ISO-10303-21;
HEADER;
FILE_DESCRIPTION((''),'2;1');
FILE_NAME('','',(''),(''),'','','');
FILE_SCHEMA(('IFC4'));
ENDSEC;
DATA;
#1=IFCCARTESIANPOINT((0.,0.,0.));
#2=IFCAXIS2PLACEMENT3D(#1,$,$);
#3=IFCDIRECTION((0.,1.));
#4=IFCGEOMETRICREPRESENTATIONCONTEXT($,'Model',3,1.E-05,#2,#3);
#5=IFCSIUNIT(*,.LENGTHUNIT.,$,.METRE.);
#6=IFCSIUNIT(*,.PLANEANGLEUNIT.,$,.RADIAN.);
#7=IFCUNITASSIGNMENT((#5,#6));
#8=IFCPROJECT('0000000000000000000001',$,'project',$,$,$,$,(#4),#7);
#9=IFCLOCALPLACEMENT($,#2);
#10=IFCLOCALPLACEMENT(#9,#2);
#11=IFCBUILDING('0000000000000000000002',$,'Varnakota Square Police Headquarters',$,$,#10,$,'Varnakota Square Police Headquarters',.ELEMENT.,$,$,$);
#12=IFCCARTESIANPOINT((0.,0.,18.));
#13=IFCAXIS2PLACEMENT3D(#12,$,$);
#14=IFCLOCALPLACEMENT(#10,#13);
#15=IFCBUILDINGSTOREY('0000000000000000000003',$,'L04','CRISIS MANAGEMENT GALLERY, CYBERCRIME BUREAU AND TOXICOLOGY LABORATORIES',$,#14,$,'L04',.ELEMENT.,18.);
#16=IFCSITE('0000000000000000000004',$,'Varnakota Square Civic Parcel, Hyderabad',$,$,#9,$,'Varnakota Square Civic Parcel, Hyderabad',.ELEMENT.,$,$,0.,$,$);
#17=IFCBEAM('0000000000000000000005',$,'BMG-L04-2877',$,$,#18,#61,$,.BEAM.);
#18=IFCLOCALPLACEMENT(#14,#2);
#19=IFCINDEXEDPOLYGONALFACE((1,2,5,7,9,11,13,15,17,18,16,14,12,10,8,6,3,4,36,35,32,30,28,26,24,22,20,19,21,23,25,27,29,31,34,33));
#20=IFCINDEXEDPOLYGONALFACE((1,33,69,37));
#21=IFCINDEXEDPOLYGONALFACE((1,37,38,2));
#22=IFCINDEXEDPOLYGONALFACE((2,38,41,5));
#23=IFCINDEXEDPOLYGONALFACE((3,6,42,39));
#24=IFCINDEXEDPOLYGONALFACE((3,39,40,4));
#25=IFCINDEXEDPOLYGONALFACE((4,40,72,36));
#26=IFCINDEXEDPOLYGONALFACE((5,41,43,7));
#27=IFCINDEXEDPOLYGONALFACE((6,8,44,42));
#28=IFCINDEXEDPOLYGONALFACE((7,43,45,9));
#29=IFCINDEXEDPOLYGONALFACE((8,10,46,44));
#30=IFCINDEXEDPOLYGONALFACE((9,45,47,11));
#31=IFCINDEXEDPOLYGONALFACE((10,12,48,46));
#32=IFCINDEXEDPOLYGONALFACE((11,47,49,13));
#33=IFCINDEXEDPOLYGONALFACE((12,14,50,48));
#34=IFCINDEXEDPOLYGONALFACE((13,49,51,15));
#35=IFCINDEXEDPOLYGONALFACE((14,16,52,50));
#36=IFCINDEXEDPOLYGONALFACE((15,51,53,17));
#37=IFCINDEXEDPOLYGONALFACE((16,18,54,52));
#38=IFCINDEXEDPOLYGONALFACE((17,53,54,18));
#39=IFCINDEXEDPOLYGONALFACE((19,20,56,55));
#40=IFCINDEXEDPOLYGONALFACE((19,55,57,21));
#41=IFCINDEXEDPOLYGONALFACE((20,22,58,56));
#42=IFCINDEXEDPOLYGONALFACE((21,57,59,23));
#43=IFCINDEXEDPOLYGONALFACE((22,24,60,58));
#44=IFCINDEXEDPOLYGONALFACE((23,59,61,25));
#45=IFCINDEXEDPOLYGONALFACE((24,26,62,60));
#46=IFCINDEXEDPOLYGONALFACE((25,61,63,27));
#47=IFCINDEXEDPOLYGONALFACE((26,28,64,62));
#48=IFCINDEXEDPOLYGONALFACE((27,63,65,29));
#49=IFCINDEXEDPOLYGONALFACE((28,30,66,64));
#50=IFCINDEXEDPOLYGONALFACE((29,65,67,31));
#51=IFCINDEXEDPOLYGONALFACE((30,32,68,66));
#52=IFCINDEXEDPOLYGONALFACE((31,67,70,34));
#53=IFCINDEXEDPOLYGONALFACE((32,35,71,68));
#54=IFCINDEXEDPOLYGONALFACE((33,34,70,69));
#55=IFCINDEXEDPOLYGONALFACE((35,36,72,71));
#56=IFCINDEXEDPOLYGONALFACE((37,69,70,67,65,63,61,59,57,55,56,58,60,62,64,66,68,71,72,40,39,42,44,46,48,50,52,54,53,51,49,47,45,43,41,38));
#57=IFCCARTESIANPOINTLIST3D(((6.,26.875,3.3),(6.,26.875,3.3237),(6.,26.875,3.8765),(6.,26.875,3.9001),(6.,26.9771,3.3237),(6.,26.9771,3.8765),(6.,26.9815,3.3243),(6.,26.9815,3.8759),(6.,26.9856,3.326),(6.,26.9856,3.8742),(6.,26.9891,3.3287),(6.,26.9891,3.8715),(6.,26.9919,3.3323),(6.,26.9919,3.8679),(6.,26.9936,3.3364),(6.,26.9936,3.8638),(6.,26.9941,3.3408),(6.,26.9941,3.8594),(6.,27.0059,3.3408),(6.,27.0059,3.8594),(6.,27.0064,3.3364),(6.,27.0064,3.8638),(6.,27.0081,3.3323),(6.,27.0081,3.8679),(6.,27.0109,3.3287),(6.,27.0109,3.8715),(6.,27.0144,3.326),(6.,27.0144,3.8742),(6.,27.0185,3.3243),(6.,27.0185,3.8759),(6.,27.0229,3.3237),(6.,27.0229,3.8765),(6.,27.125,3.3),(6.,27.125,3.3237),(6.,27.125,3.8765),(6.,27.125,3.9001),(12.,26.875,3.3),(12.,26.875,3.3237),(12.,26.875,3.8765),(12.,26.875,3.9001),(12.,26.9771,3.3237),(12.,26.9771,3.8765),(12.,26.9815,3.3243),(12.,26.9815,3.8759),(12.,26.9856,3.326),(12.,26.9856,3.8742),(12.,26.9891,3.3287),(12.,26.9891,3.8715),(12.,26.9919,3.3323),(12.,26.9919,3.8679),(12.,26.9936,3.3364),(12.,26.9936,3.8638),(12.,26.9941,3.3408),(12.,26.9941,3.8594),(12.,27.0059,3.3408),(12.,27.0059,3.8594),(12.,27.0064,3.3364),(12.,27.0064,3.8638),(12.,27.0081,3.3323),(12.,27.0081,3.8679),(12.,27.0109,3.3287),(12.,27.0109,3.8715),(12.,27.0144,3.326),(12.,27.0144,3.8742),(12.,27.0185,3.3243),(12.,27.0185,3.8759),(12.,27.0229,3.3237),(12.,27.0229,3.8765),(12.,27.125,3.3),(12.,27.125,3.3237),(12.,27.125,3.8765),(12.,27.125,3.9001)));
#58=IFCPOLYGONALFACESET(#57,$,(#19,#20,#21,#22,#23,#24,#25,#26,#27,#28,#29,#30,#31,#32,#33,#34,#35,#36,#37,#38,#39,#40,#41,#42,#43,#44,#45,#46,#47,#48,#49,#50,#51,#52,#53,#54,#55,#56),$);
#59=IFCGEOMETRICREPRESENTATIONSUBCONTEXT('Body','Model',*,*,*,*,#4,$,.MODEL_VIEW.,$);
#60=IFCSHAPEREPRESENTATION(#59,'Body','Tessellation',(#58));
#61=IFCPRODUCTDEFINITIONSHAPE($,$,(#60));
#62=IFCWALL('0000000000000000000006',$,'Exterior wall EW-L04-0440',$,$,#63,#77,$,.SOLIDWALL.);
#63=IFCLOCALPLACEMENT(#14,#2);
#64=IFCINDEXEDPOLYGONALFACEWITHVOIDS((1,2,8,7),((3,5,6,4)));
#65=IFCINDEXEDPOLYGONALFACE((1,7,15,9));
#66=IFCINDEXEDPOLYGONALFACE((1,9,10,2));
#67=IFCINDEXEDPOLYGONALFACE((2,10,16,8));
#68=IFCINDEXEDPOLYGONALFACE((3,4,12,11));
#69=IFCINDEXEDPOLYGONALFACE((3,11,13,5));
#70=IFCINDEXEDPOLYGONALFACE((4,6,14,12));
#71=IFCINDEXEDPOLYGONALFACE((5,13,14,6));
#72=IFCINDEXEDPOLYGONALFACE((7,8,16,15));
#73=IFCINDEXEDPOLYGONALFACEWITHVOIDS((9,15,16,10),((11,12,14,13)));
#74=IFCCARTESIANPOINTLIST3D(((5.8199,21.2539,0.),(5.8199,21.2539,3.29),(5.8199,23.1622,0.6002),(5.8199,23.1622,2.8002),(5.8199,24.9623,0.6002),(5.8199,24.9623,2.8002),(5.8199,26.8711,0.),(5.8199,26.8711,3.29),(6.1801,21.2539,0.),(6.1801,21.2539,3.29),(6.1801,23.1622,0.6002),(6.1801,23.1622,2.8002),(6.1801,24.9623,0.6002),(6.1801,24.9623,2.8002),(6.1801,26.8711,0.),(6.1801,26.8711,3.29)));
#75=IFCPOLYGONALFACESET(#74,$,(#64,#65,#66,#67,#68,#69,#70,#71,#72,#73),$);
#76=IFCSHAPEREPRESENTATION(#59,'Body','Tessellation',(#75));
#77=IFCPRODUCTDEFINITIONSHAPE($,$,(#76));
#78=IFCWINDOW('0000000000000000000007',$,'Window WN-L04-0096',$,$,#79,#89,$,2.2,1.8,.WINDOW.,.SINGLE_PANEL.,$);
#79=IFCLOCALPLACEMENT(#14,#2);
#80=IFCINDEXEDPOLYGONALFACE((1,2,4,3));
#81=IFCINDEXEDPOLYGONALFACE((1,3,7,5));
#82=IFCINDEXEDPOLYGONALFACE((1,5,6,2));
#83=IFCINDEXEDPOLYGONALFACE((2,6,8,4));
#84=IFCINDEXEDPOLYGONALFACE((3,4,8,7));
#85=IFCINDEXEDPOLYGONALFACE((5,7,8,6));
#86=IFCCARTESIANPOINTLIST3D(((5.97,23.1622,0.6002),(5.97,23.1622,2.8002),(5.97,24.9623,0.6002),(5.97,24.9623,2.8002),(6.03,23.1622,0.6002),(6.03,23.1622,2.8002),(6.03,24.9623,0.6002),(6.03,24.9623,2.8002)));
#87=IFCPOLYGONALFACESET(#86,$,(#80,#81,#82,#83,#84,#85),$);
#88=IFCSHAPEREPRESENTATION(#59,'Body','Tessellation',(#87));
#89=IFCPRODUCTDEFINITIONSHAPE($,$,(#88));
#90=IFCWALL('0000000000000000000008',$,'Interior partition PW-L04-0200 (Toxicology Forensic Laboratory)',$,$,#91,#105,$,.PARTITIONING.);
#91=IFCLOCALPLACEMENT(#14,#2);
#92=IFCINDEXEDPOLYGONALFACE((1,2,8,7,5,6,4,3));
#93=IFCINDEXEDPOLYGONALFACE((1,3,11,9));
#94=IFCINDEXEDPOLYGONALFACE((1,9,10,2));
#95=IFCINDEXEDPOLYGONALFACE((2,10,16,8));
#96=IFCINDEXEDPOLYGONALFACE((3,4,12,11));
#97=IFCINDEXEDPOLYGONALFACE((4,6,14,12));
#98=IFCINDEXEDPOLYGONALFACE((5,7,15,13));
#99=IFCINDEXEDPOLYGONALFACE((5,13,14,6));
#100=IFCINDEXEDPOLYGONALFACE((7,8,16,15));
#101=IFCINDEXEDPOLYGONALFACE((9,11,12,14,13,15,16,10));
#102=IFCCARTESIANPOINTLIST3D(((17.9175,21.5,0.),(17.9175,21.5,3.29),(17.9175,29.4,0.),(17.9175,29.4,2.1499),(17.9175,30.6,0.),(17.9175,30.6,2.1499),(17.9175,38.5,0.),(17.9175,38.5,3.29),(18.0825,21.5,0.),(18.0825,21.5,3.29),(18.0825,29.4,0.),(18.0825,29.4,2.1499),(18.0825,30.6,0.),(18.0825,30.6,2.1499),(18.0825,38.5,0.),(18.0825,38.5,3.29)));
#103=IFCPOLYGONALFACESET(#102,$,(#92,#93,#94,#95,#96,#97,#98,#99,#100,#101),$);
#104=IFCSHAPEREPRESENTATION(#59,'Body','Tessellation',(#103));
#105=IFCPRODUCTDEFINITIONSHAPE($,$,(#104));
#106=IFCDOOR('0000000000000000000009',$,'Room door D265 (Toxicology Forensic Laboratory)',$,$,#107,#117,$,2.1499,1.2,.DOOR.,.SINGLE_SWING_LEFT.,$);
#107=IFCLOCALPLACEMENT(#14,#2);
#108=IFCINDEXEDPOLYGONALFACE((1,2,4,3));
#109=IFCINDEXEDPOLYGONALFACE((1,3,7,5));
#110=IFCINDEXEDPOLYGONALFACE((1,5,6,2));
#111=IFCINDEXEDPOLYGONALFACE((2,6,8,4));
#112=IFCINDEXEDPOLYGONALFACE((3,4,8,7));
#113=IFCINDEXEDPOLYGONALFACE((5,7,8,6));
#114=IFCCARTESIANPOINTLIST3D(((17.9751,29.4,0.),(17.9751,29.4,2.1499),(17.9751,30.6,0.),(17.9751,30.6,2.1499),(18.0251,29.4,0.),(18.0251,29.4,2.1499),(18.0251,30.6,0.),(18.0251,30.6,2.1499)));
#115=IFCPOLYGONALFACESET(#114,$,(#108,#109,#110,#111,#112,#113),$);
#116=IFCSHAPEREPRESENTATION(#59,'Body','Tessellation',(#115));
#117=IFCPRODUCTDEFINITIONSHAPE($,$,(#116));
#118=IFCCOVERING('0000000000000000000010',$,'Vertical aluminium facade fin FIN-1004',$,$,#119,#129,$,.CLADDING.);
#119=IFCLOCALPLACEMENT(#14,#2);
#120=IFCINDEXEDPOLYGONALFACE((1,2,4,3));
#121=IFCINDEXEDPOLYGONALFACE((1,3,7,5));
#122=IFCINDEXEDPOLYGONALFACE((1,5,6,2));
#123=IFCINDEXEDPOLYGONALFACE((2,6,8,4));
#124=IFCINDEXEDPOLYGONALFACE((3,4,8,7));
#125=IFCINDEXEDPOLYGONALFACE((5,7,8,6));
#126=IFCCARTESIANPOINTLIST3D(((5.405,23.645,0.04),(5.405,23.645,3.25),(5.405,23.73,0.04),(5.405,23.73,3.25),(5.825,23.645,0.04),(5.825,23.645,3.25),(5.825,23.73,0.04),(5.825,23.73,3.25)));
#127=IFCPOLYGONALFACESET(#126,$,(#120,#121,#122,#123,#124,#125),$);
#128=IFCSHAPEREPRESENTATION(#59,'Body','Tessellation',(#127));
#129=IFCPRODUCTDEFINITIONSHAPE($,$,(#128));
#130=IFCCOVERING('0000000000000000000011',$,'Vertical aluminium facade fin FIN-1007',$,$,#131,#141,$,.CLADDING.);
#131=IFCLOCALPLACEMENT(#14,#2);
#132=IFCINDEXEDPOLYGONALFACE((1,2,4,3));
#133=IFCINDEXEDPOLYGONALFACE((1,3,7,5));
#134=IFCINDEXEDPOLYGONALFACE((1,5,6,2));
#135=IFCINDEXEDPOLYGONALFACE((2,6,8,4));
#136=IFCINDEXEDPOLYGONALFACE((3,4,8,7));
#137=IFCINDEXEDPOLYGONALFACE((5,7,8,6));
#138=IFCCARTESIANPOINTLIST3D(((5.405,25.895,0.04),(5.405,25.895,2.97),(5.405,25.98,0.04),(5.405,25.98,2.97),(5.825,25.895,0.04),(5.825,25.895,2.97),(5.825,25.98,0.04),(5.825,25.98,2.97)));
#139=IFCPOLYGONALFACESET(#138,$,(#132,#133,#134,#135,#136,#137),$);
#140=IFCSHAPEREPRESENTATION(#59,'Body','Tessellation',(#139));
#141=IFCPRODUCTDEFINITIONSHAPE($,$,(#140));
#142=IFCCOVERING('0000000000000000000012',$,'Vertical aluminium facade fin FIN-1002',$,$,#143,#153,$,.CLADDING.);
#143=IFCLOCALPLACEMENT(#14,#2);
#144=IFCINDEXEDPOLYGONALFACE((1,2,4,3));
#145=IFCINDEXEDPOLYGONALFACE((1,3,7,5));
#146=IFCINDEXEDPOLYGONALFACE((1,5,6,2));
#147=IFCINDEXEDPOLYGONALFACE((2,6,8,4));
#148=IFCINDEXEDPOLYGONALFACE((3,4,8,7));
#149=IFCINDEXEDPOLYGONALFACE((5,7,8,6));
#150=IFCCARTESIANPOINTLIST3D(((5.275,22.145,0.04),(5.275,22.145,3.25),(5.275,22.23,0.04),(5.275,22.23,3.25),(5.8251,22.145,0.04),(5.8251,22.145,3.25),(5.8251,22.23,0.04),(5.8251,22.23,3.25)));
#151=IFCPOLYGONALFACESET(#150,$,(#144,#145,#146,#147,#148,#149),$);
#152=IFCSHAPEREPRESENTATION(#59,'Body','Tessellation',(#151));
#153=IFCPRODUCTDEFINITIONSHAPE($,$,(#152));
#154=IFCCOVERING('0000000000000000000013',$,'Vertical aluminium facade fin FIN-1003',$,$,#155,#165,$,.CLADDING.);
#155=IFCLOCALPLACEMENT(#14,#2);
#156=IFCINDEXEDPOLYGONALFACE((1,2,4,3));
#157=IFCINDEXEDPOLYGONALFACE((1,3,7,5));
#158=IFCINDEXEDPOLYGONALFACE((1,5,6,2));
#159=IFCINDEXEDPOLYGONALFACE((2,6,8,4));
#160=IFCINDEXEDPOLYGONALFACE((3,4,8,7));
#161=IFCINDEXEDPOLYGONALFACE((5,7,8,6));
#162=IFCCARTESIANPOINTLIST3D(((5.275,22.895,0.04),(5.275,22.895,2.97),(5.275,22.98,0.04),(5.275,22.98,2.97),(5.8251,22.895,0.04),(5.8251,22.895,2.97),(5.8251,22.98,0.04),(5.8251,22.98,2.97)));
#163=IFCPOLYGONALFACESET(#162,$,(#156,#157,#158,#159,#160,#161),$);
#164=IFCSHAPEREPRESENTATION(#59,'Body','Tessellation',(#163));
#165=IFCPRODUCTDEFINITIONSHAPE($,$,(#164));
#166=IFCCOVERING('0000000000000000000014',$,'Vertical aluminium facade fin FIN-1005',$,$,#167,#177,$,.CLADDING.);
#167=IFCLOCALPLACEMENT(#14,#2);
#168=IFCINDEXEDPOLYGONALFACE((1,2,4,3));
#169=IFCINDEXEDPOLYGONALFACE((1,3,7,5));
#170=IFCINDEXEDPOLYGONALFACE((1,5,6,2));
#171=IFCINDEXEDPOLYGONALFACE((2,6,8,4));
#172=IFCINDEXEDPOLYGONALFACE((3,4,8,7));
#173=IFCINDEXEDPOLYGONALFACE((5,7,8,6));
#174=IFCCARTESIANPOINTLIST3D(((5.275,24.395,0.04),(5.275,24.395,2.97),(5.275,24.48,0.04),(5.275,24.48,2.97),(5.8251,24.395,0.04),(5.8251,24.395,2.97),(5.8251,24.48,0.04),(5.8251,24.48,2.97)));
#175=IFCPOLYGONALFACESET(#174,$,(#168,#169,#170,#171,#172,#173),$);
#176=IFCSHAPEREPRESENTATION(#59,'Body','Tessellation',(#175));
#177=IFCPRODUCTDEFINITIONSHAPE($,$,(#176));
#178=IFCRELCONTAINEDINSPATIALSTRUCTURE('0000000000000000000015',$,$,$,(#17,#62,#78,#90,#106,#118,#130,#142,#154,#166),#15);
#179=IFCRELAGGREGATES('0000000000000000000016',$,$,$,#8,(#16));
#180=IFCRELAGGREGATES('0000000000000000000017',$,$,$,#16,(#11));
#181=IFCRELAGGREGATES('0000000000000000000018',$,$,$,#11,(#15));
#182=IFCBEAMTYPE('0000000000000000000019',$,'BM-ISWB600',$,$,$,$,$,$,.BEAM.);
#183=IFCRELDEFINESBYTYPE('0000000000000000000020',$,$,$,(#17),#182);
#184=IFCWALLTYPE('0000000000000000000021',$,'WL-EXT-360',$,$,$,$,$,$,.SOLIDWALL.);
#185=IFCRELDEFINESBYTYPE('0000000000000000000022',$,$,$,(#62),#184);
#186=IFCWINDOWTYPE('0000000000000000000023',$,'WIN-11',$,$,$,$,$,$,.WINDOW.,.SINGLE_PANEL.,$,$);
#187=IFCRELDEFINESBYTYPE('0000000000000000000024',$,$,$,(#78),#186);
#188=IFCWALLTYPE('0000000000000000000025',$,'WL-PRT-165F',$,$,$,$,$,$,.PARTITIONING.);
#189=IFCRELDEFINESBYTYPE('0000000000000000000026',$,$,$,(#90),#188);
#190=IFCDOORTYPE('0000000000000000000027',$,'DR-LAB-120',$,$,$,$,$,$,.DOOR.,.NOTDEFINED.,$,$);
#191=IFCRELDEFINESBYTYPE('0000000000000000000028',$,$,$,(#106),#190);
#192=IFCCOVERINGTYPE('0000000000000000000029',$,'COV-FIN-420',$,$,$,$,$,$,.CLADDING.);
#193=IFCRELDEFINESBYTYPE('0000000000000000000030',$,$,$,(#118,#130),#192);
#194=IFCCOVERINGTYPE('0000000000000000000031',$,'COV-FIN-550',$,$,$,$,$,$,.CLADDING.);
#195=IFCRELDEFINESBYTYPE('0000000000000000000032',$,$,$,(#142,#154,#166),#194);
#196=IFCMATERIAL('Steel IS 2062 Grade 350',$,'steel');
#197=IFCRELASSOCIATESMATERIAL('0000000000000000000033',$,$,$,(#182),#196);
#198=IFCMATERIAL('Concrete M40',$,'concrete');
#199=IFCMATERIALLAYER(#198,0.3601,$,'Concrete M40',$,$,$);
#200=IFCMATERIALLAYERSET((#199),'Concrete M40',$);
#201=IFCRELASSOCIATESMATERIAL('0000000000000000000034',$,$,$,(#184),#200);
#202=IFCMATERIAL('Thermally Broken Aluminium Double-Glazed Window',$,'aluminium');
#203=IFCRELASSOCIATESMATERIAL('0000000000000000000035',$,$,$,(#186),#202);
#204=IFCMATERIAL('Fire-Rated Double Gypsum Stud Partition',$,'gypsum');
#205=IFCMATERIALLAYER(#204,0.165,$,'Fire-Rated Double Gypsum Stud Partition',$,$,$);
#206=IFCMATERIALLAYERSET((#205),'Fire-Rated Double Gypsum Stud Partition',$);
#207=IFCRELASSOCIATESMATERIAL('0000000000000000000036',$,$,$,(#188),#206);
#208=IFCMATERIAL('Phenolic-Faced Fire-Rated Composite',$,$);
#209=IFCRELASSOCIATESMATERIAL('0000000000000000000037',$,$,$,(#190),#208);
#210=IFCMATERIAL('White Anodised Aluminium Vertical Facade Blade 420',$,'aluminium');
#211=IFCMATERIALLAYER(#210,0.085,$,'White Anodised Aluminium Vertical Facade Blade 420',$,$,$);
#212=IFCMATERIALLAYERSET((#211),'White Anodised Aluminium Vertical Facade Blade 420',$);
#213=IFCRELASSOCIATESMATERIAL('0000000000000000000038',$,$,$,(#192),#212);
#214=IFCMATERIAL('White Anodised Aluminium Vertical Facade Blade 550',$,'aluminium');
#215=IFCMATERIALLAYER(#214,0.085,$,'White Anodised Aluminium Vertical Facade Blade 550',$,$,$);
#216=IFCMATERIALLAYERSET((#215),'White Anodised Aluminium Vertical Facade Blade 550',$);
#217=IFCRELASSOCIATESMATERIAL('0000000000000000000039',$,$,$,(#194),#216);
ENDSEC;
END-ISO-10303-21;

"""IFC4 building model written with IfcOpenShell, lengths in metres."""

from ifc_helpers import new_model, si_unit, direction, frame, frame_2d, origin, origin_2d, place, context, subcontext, project, spatial, rectangle, i_section, extrude, material, layer, layer_set, material_profile, profile_set, type_object, element, fill, save


model = new_model("IFC4")

# Units and contexts
model_context = context("Model", 3, precision=1e-05, world=origin(), true_north=direction((0.0, 1.0)))
body_context = subcontext(model_context, "Body", "Model", "MODEL_VIEW")
ifc_project = project(units=[si_unit("LENGTHUNIT", "METRE"), si_unit("PLANEANGLEUNIT", "RADIAN")], contexts=[model_context])

# Site, building, storey
site_placement = place(None, origin())
site = spatial("IfcSite", under=ifc_project, at=site_placement, Name="Varnakota Square Civic Parcel, Hyderabad", LongName="Varnakota Square Civic Parcel, Hyderabad", CompositionType="ELEMENT", RefElevation=0.0)
building_placement = place(site_placement, origin())
building = spatial("IfcBuilding", under=site, at=building_placement, Name="Varnakota Square Police Headquarters", LongName="Varnakota Square Police Headquarters", CompositionType="ELEMENT")
storey_placement = place(building_placement, frame((0.0, 0.0, 18.0)))
storey = spatial("IfcBuildingStorey", under=building, at=storey_placement, Name="L04", Description="CRISIS MANAGEMENT GALLERY, CYBERCRIME BUREAU AND TOXICOLOGY LABORATORIES", LongName="L04", CompositionType="ELEMENT", Elevation=18.0)

# Shared definitions
ifc_material_1 = material(Name="Steel IS 2062 Grade 350", Category="steel")

# Beam
ifc_material_profile_1 = material_profile(ifc_material_1, i_section(OverallWidth=0.25, OverallDepth=0.6001, WebThickness=0.0117, FlangeThickness=0.0237, FilletRadius=0.0171, at=origin_2d()), Name="ISWB 600")
ifc_profile_set_1 = profile_set([ifc_material_profile_1], Name="Steel IS 2062 Grade 350")
beam_type_1 = type_object("IfcBeamType", Name="BM-ISWB600", PredefinedType="BEAM", material=ifc_profile_set_1)
beam_1_placement = place(storey_placement, frame((6.0, 27.0, 3.6001), z_axis=(1.0, 0.0, 0.0), x_axis=(0.0, 1.0, 0.0)))
element("IfcBeam", 1, at=beam_1_placement, inside=storey, type_object=beam_type_1, Name="BMG-L04-2877", PredefinedType="BEAM", context=body_context, shape_type="SweptSolid", body=[
    extrude(i_section(OverallWidth=0.25, OverallDepth=0.6001, WebThickness=0.0117, FlangeThickness=0.0237, FilletRadius=0.0171, at=origin_2d()), origin(), (0.0, 0.0, 1.0), 6.0),
])

# Wall, opening, window
ifc_material_2 = material(Name="Concrete M40", Category="concrete")
ifc_layer_1 = layer(ifc_material_2, 0.3601, Name="Concrete M40")
ifc_layer_set_1 = layer_set([ifc_layer_1], Name="Concrete M40")
wall_type_1 = type_object("IfcWallType", Name="WL-EXT-360", PredefinedType="SOLIDWALL", material=ifc_layer_set_1)
wall_1_placement = place(storey_placement, frame((6.0, 21.2539, 0.0), z_axis=(0.0, 0.0, 1.0), x_axis=(0.0, 1.0, 0.0)))
wall_1 = element("IfcWall", 2, at=wall_1_placement, inside=storey, type_object=wall_type_1, Name="Exterior wall EW-L04-0440", PredefinedType="SOLIDWALL", context=body_context, shape_type="SweptSolid", body=[
    extrude(rectangle(XDim=5.6172, YDim=0.3601, at=frame_2d((2.8086, 0.0))), origin(), (0.0, 0.0, 1.0), 3.29),
])
opening_1_placement = place(wall_1_placement, frame((1.9084, 0.0, 0.6001)))
opening_1 = element("IfcOpeningElement", 3, at=opening_1_placement, cuts=wall_1, PredefinedType="OPENING", context=body_context, shape_type="SweptSolid", body=[
    extrude(rectangle(XDim=1.8, YDim=2.2, at=frame_2d((0.8999, 1.1001))), frame((0.0, 0.1899, 0.0), z_axis=(0.0, -1.0, 0.0), x_axis=(1.0, 0.0, 0.0)), (0.0, 0.0, 1.0), 0.3801),
])
ifc_material_3 = material(Name="Thermally Broken Aluminium Double-Glazed Window", Category="aluminium")
window_type = type_object("IfcWindowType", Name="WIN-11", PartitioningType="SINGLE_PANEL", PredefinedType="WINDOW", material=ifc_material_3)
window_placement = place(opening_1_placement, origin())
window = element("IfcWindow", 4, at=window_placement, inside=storey, type_object=window_type, Name="Window WN-L04-0096", OverallHeight=2.2, OverallWidth=1.8, PartitioningType="SINGLE_PANEL", PredefinedType="WINDOW", context=body_context, shape_type="SweptSolid", body=[
    extrude(rectangle(XDim=1.8, YDim=2.2, at=frame_2d((0.8999, 1.1001))), frame((0.0, 0.03, 0.0), z_axis=(0.0, -1.0, 0.0), x_axis=(1.0, 0.0, 0.0)), (0.0, 0.0, 1.0), 0.0601),
])
fill(opening_1, window)

# Wall, opening, door
ifc_material_4 = material(Name="Fire-Rated Double Gypsum Stud Partition", Category="gypsum")
ifc_layer_2 = layer(ifc_material_4, 0.165, Name="Fire-Rated Double Gypsum Stud Partition")
ifc_layer_set_2 = layer_set([ifc_layer_2], Name="Fire-Rated Double Gypsum Stud Partition")
wall_type_2 = type_object("IfcWallType", Name="WL-PRT-165F", PredefinedType="PARTITIONING", material=ifc_layer_set_2)
wall_2_placement = place(storey_placement, frame((18.0, 21.5, 0.0), z_axis=(0.0, 0.0, 1.0), x_axis=(0.0, 1.0, 0.0)))
wall_2 = element("IfcWall", 5, at=wall_2_placement, inside=storey, type_object=wall_type_2, Name="Interior partition PW-L04-0200 (Toxicology Forensic Laboratory)", PredefinedType="PARTITIONING", context=body_context, shape_type="SweptSolid", body=[
    extrude(rectangle(XDim=17.0, YDim=0.165, at=frame_2d((8.5, 0.0))), origin(), (0.0, 0.0, 1.0), 3.29),
])
opening_2_placement = place(wall_2_placement, frame((7.8999, 0.0, 0.0)))
opening_2 = element("IfcOpeningElement", 6, at=opening_2_placement, cuts=wall_2, PredefinedType="OPENING", context=body_context, shape_type="SweptSolid", body=[
    extrude(rectangle(XDim=1.2, YDim=2.1499, at=frame_2d((0.6001, 1.075))), frame((0.0, 0.0925, 0.0), z_axis=(0.0, -1.0, 0.0), x_axis=(1.0, 0.0, 0.0)), (0.0, 0.0, 1.0), 0.1851),
])
ifc_material_5 = material(Name="Phenolic-Faced Fire-Rated Composite")
door_type = type_object("IfcDoorType", Name="DR-LAB-120", OperationType="NOTDEFINED", PredefinedType="DOOR", material=ifc_material_5)
door_placement = place(opening_2_placement, origin())
door = element("IfcDoor", 7, at=door_placement, inside=storey, type_object=door_type, Name="Room door D265 (Toxicology Forensic Laboratory)", OperationType="SINGLE_SWING_LEFT", OverallHeight=2.1499, OverallWidth=1.2, PredefinedType="DOOR", context=body_context, shape_type="SweptSolid", body=[
    extrude(rectangle(XDim=1.2, YDim=2.1499, at=frame_2d((0.6001, 1.075))), frame((0.0, 0.0249, 0.0), z_axis=(0.0, -1.0, 0.0), x_axis=(1.0, 0.0, 0.0)), (0.0, 0.0, 1.0), 0.05),
])
fill(opening_2, door)

# Coverings
ifc_material_6 = material(Name="White Anodised Aluminium Vertical Facade Blade 420", Category="aluminium")
ifc_layer_3 = layer(ifc_material_6, 0.085, Name="White Anodised Aluminium Vertical Facade Blade 420")
ifc_layer_set_3 = layer_set([ifc_layer_3], Name="White Anodised Aluminium Vertical Facade Blade 420")
covering_type_1 = type_object("IfcCoveringType", Name="COV-FIN-420", PredefinedType="CLADDING", material=ifc_layer_set_3)
covering_1_placement = place(storey_placement, frame((5.615, 23.6875, 0.04), z_axis=(0.0, 0.0, 1.0), x_axis=(0.0, 1.0, 0.0)))
element("IfcCovering", 8, at=covering_1_placement, inside=storey, type_object=covering_type_1, Name="Vertical aluminium facade fin FIN-1004", PredefinedType="CLADDING", context=body_context, shape_type="SweptSolid", body=[
    extrude(rectangle(XDim=0.085, YDim=0.4199, at=origin_2d()), origin(), (0.0, 0.0, 1.0), 3.21),
])
covering_2_placement = place(storey_placement, frame((5.615, 25.9375, 0.04), z_axis=(0.0, 0.0, 1.0), x_axis=(0.0, 1.0, 0.0)))
element("IfcCovering", 9, at=covering_2_placement, inside=storey, type_object=covering_type_1, Name="Vertical aluminium facade fin FIN-1007", PredefinedType="CLADDING", context=body_context, shape_type="SweptSolid", body=[
    extrude(rectangle(XDim=0.085, YDim=0.4199, at=origin_2d()), origin(), (0.0, 0.0, 1.0), 2.9299),
])
ifc_material_7 = material(Name="White Anodised Aluminium Vertical Facade Blade 550", Category="aluminium")
ifc_layer_4 = layer(ifc_material_7, 0.085, Name="White Anodised Aluminium Vertical Facade Blade 550")
ifc_layer_set_4 = layer_set([ifc_layer_4], Name="White Anodised Aluminium Vertical Facade Blade 550")
covering_type_2 = type_object("IfcCoveringType", Name="COV-FIN-550", PredefinedType="CLADDING", material=ifc_layer_set_4)
covering_3_placement = place(storey_placement, frame((5.55, 22.1875, 0.04), z_axis=(0.0, 0.0, 1.0), x_axis=(0.0, 1.0, 0.0)))
element("IfcCovering", 10, at=covering_3_placement, inside=storey, type_object=covering_type_2, Name="Vertical aluminium facade fin FIN-1002", PredefinedType="CLADDING", context=body_context, shape_type="SweptSolid", body=[
    extrude(rectangle(XDim=0.085, YDim=0.55, at=origin_2d()), origin(), (0.0, 0.0, 1.0), 3.21),
])
for number, where, z_axis, x_axis, name in (
    (11, (5.55, 22.9375, 0.04), (0.0, 0.0, 1.0), (0.0, 1.0, 0.0), "Vertical aluminium facade fin FIN-1003"),
    (12, (5.55, 24.4375, 0.04), (0.0, 0.0, 1.0), (0.0, 1.0, 0.0), "Vertical aluminium facade fin FIN-1005"),
):
    element("IfcCovering", number, at=place(storey_placement, frame(where, z_axis=z_axis, x_axis=x_axis)), inside=storey, type_object=covering_type_2, Name=name, PredefinedType="CLADDING", context=body_context, shape_type="SweptSolid", body=[
        extrude(rectangle(XDim=0.085, YDim=0.55, at=origin_2d()), origin(), (0.0, 0.0, 1.0), 2.9299),
    ])

save(model, "model.ifc")
